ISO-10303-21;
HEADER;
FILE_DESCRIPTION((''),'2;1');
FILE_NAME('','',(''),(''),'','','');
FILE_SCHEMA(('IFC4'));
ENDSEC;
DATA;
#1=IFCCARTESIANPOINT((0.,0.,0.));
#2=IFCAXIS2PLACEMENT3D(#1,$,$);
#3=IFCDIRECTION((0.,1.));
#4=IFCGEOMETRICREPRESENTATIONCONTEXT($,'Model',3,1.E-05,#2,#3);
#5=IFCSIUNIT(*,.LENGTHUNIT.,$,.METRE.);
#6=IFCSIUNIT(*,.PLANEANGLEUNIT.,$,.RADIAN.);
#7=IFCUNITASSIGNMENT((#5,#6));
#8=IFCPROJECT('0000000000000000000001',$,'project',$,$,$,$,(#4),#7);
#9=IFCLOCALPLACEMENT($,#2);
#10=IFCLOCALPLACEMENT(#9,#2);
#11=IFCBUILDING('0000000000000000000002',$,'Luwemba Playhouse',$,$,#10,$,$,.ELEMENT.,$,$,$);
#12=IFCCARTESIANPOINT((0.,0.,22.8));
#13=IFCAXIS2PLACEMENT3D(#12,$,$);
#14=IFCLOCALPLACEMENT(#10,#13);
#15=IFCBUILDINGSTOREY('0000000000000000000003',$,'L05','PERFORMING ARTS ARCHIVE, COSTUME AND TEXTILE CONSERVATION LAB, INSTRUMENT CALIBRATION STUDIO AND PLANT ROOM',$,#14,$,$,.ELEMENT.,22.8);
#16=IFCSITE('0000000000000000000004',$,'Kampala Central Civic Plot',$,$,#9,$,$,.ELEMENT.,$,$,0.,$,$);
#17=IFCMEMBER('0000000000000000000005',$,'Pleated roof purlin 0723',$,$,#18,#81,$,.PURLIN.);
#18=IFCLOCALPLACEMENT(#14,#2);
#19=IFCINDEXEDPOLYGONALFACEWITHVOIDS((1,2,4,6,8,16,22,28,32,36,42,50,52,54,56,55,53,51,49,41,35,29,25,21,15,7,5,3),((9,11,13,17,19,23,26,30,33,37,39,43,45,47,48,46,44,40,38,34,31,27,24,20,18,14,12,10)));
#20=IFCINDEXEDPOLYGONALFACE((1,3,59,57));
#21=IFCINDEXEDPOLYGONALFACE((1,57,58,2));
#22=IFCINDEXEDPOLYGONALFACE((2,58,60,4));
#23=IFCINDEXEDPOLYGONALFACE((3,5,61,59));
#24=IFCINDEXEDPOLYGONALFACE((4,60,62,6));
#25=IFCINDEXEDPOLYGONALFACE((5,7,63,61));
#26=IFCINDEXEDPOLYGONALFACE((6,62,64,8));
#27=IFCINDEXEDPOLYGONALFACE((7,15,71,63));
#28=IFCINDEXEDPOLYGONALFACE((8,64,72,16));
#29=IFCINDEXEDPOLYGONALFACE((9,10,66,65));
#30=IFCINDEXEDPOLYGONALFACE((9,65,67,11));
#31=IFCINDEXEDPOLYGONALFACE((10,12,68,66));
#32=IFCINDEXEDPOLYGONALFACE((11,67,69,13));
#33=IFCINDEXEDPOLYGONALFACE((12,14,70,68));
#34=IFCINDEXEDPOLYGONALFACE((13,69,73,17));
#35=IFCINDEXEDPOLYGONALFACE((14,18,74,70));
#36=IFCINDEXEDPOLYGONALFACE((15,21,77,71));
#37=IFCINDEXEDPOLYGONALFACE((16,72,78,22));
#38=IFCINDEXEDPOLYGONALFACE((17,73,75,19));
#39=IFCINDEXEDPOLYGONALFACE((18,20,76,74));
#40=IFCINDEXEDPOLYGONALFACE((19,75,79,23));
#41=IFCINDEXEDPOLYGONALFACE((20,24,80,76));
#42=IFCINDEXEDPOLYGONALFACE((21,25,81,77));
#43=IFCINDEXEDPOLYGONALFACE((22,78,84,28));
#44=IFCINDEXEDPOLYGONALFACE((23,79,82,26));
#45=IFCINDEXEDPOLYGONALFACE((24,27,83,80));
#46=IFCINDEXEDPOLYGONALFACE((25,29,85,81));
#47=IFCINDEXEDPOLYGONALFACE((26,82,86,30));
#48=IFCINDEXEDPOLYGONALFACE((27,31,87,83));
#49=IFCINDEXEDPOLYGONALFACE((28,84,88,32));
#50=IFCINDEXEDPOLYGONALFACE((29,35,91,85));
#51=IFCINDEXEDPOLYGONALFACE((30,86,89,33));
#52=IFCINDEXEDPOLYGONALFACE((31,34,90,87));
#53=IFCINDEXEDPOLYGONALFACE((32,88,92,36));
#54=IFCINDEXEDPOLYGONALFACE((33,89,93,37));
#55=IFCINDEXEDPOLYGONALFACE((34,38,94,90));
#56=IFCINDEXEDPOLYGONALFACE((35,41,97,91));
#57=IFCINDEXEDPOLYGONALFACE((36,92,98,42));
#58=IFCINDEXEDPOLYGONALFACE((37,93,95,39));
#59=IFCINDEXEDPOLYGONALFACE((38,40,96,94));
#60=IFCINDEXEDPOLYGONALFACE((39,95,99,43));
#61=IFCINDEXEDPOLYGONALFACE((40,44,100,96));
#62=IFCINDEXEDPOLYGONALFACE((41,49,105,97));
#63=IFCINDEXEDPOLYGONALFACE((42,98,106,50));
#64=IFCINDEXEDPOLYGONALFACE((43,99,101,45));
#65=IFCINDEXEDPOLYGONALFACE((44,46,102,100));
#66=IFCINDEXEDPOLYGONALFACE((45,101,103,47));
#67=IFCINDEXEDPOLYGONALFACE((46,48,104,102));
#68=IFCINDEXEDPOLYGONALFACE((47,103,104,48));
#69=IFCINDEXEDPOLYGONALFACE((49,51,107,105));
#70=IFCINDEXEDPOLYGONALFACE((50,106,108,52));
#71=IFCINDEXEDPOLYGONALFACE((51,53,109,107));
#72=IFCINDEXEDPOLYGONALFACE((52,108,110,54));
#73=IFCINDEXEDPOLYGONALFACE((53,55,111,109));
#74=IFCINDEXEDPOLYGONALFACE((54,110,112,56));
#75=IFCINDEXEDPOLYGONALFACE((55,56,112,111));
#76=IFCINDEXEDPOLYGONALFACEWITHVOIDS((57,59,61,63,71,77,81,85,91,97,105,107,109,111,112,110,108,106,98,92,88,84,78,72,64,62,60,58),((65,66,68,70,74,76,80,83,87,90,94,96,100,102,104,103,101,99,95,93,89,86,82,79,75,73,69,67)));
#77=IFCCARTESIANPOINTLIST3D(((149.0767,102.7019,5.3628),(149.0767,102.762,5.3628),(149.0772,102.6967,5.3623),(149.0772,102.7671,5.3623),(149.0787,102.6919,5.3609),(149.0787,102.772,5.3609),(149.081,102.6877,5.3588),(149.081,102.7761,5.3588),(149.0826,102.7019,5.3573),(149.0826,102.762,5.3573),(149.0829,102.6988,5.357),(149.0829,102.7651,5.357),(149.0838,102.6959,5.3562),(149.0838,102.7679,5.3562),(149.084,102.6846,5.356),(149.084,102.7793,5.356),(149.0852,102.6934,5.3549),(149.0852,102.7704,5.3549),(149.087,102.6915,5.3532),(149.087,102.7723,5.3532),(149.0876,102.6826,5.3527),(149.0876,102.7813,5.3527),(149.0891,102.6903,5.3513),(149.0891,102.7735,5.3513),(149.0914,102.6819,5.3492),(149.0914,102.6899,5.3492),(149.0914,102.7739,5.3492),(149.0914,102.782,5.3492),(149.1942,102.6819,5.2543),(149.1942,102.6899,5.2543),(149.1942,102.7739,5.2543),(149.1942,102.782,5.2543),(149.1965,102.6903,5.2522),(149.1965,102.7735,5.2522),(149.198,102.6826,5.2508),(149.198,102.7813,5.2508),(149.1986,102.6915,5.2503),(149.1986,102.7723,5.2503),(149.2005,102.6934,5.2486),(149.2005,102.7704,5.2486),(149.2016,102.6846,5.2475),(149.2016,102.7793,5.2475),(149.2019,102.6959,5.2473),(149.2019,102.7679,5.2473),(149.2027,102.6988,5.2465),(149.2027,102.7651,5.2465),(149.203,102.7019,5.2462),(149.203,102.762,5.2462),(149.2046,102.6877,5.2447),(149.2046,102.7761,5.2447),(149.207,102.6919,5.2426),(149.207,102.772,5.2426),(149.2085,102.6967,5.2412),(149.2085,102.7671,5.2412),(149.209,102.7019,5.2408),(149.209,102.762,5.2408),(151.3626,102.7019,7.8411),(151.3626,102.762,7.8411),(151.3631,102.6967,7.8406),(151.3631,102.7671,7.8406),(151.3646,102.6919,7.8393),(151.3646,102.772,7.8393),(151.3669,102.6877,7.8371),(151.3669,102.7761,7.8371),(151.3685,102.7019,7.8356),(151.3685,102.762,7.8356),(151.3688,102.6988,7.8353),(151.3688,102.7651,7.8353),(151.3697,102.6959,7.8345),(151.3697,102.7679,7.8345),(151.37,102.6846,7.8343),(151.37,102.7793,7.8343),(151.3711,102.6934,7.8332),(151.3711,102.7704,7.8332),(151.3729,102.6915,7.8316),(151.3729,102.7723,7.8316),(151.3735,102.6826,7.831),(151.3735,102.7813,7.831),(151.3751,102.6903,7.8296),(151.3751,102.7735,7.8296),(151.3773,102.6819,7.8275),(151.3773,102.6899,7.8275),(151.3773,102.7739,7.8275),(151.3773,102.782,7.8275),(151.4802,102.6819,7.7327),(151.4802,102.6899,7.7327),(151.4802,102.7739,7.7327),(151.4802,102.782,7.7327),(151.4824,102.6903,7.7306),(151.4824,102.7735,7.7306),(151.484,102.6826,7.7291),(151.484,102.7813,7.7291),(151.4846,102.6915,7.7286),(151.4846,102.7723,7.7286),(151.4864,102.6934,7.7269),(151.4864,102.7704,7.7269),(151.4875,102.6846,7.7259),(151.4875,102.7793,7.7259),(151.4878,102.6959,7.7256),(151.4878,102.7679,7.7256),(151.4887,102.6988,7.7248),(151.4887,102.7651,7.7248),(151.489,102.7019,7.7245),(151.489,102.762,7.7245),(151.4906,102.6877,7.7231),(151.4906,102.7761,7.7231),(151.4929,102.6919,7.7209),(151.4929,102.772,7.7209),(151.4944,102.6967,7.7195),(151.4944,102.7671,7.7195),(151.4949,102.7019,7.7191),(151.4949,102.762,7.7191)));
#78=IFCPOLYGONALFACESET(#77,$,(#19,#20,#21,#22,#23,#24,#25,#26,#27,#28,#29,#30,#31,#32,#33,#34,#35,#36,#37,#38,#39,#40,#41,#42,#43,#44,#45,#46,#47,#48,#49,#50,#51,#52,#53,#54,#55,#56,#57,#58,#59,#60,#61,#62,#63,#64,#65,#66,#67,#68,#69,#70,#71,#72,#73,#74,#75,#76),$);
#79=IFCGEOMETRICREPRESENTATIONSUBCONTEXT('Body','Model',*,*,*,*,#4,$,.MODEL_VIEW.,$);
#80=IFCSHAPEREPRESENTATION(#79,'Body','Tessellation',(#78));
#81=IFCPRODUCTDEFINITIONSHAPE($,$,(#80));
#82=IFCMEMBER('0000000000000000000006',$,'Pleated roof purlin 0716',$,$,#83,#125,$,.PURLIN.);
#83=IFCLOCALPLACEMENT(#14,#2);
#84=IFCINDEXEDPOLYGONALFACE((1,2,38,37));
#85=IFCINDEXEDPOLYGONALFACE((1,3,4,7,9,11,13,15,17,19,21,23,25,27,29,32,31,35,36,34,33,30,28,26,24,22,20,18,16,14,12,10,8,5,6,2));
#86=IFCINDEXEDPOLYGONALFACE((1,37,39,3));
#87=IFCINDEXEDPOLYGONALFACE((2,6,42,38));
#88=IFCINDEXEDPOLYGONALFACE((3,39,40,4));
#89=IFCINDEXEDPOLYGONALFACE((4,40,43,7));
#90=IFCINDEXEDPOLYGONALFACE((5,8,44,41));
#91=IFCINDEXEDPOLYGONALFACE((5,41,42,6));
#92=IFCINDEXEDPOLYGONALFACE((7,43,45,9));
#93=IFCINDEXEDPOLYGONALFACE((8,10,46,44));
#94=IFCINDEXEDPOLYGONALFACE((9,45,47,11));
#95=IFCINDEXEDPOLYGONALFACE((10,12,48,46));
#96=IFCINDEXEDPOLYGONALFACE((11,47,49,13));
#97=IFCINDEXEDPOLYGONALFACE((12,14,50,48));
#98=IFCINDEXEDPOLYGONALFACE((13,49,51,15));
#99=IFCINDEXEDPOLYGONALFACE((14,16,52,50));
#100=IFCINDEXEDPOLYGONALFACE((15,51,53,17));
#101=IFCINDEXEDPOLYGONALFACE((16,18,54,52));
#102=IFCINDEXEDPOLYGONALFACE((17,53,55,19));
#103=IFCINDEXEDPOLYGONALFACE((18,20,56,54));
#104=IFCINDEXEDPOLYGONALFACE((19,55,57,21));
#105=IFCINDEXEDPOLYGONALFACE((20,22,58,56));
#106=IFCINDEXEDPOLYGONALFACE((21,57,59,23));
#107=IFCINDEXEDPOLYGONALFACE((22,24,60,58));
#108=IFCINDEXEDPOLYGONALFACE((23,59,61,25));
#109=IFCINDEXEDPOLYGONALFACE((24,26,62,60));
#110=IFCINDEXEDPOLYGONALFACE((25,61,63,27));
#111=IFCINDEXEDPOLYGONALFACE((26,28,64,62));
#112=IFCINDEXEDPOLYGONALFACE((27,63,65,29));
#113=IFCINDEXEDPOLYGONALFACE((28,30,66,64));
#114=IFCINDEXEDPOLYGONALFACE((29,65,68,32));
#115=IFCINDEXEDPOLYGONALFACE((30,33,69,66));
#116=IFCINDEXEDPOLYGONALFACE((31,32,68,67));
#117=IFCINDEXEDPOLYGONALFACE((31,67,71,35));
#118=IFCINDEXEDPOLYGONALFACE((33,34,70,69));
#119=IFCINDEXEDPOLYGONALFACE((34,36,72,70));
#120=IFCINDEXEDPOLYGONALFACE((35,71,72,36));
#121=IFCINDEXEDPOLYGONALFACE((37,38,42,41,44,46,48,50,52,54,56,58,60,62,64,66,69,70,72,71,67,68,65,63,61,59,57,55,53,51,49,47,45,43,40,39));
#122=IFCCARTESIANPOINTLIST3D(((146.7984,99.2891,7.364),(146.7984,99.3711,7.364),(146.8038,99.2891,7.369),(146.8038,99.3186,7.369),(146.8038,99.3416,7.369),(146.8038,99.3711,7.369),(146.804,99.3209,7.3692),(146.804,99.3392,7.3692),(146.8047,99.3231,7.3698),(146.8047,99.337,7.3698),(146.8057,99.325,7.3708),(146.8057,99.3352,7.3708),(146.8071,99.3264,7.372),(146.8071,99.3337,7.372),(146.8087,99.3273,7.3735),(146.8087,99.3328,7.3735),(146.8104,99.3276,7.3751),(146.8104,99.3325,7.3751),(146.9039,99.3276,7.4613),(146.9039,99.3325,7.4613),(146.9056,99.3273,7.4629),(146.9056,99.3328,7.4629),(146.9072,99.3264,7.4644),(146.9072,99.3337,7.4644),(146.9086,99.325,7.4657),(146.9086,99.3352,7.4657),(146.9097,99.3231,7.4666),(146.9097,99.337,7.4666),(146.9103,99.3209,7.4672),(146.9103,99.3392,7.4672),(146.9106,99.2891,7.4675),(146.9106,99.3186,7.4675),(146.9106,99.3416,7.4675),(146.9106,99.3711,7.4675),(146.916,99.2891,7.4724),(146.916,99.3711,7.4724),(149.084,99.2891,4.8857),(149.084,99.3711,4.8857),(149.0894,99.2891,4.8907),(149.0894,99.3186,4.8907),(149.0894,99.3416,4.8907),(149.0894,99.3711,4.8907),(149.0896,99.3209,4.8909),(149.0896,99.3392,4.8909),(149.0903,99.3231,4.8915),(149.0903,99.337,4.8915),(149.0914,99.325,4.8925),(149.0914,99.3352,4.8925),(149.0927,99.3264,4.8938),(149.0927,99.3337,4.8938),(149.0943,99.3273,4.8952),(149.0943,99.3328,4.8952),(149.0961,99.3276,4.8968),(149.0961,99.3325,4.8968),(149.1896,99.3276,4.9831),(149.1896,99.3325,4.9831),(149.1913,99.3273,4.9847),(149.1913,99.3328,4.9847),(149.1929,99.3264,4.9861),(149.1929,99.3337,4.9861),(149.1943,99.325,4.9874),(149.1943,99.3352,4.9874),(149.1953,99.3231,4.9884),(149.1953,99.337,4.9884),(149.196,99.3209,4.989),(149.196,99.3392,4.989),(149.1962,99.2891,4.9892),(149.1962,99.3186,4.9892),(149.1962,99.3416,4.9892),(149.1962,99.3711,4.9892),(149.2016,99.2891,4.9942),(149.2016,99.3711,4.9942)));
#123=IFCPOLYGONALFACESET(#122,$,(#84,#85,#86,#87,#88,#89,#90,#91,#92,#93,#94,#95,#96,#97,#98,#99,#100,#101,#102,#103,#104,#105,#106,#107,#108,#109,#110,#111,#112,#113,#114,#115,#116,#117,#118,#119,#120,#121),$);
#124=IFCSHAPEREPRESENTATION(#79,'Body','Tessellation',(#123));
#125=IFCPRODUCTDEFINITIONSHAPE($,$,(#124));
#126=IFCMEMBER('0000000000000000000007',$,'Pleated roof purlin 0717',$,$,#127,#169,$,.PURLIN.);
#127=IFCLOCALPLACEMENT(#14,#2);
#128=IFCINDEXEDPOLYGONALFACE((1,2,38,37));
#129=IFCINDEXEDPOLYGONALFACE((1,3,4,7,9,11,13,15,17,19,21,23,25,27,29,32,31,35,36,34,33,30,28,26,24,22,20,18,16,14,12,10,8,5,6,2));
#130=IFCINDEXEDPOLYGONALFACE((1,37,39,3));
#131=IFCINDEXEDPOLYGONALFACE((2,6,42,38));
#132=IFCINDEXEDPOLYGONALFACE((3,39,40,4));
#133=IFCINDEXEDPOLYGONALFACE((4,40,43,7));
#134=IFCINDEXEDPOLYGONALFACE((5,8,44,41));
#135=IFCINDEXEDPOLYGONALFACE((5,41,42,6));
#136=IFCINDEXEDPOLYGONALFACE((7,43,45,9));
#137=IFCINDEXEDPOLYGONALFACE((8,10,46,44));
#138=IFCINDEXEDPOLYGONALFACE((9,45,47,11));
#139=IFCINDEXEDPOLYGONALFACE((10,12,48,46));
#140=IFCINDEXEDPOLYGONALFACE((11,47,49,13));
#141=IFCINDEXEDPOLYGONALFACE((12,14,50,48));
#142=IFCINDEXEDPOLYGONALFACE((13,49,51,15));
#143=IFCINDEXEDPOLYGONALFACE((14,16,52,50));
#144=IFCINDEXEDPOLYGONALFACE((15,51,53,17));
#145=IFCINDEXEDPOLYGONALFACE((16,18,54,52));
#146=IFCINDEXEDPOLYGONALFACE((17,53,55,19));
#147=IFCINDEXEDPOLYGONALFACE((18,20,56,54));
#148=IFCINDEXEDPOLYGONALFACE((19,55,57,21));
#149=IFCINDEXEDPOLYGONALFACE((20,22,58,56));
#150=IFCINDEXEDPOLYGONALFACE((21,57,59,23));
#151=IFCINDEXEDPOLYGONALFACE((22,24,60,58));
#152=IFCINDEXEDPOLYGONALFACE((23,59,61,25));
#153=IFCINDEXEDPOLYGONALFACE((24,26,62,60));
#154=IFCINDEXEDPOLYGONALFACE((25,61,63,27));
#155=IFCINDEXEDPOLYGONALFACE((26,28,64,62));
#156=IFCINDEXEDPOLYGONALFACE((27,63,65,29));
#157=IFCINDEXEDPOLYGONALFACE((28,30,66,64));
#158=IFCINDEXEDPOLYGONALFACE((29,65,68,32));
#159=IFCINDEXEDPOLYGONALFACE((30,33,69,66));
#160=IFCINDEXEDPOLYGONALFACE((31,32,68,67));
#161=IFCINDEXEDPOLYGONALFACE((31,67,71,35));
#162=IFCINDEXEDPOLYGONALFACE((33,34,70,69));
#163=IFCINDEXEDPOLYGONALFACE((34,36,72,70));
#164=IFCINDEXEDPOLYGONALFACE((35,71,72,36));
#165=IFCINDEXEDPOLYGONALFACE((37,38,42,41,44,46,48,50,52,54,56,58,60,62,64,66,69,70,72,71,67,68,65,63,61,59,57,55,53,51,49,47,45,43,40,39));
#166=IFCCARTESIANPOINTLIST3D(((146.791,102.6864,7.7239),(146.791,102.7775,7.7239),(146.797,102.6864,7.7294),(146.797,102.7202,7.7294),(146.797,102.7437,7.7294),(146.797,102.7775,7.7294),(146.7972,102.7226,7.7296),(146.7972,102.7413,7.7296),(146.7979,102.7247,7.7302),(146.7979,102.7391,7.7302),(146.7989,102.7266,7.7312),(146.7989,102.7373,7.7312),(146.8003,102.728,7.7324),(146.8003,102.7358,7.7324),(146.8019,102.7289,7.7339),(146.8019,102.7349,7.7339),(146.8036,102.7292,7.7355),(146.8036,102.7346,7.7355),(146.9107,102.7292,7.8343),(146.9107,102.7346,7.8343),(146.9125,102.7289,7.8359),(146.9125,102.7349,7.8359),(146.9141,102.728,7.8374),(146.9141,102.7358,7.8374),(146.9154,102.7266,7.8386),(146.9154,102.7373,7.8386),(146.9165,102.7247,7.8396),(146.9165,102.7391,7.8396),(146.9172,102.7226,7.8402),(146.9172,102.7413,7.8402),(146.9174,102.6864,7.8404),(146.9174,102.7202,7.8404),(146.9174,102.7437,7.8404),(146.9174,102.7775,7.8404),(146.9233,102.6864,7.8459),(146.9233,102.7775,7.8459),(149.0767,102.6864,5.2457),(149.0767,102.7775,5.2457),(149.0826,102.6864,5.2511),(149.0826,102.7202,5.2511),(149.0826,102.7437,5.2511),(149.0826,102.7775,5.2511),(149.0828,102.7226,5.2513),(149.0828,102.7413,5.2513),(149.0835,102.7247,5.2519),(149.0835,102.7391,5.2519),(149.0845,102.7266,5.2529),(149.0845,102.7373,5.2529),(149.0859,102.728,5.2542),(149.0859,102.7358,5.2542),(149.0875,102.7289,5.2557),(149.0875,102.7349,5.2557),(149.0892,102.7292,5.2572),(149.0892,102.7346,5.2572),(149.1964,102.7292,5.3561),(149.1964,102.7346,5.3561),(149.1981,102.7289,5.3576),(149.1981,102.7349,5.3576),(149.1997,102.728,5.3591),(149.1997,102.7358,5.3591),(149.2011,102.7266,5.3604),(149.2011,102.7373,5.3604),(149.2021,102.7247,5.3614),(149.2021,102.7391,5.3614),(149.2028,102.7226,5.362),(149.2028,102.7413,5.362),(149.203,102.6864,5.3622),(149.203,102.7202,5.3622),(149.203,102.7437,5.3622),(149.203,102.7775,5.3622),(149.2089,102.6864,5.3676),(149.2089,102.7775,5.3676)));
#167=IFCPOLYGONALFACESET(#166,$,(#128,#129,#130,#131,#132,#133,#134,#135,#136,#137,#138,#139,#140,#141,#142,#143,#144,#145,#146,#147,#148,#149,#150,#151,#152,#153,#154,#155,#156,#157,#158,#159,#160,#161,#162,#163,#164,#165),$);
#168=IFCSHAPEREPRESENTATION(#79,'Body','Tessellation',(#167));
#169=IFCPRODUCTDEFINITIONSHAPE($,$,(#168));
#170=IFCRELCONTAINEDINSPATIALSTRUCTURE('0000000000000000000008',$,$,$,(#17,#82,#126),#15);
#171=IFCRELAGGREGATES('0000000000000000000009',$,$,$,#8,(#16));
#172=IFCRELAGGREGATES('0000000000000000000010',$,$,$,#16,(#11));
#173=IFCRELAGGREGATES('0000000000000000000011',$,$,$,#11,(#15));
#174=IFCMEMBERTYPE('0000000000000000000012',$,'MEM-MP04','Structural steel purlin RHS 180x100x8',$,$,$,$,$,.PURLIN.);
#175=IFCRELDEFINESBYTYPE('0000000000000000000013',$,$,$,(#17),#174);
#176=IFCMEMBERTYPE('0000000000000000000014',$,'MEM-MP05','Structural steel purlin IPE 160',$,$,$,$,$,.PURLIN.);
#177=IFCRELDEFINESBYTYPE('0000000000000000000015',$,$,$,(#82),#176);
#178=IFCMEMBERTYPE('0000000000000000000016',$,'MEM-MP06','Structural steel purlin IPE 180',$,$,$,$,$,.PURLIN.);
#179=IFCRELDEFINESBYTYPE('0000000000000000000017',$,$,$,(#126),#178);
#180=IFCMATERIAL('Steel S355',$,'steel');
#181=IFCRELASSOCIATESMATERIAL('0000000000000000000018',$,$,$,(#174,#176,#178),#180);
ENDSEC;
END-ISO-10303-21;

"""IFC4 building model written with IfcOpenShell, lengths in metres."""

from ifc_helpers import new_model, si_unit, direction, frame, origin, origin_2d, place, context, subcontext, project, spatial, hollow_rectangle, i_section, extrude, material, material_profile, profile_set, type_object, element, save


model = new_model("IFC4")

# Units and contexts
model_context = context("Model", 3, precision=1e-05, world=origin(), true_north=direction((0.0, 1.0)))
body_context = subcontext(model_context, "Body", "Model", "MODEL_VIEW")
ifc_project = project(units=[si_unit("LENGTHUNIT", "METRE"), si_unit("PLANEANGLEUNIT", "RADIAN")], contexts=[model_context])

# Site, building, storey
site_placement = place(None, origin())
site = spatial("IfcSite", under=ifc_project, at=site_placement, Name="Kampala Central Civic Plot", CompositionType="ELEMENT", RefElevation=0.0)
building_placement = place(site_placement, origin())
building = spatial("IfcBuilding", under=site, at=building_placement, Name="Luwemba Playhouse", CompositionType="ELEMENT")
storey_placement = place(building_placement, frame((0.0, 0.0, 22.8)))
storey = spatial("IfcBuildingStorey", under=building, at=storey_placement, Name="L05", Description="PERFORMING ARTS ARCHIVE, COSTUME AND TEXTILE CONSERVATION LAB, INSTRUMENT CALIBRATION STUDIO AND PLANT ROOM", CompositionType="ELEMENT", Elevation=22.8)

# Shared definitions
ifc_material_1 = material(Name="Steel S355", Category="steel")

# Members
ifc_material_profile_1 = material_profile(ifc_material_1, hollow_rectangle(XDim=0.1001, YDim=0.1799, WallThickness=0.0081, InnerFilletRadius=0.012, OuterFilletRadius=0.02, at=origin_2d()))
ifc_profile_set_1 = profile_set([ifc_material_profile_1], Name="Steel S355")
member_type_1 = type_object("IfcMemberType", Name="MEM-MP04", Description="Structural steel purlin RHS 180x100x8", PredefinedType="PURLIN", material=ifc_profile_set_1)
for number, where, z_axis, x_axis, name in (
    (1, (149.1428, 102.7319, 5.3018), (0.678, 0.0, 0.735062), (0.0, 1.0, 0.0), "Pleated roof purlin 0723"),
):
    element("IfcMember", number, at=place(storey_placement, frame(where, z_axis=z_axis, x_axis=x_axis)), inside=storey, type_object=member_type_1, Name=name, PredefinedType="PURLIN", context=body_context, shape_type="SweptSolid", body=[
        extrude(hollow_rectangle(XDim=0.1001, YDim=0.1799, WallThickness=0.0081, InnerFilletRadius=0.012, OuterFilletRadius=0.02, at=origin_2d()), origin(), (0.0, 0.0, 1.0), 3.3716),
    ])
ifc_material_profile_2 = material_profile(ifc_material_1, i_section(OverallWidth=0.082, OverallDepth=0.1599, WebThickness=0.0049, FlangeThickness=0.0073, FilletRadius=0.009, at=origin_2d()))
ifc_profile_set_2 = profile_set([ifc_material_profile_2], Name="Steel S355")
member_type_2 = type_object("IfcMemberType", Name="MEM-MP05", Description="Structural steel purlin IPE 160", PredefinedType="PURLIN", material=ifc_profile_set_2)
member_1_placement = place(storey_placement, frame((146.8572, 99.3301, 7.4182), z_axis=(0.677961, 0.0, -0.735098), x_axis=(0.0, 1.0, 0.0)))
element("IfcMember", 2, at=member_1_placement, inside=storey, type_object=member_type_2, Name="Pleated roof purlin 0716", PredefinedType="PURLIN", context=body_context, shape_type="SweptSolid", body=[
    extrude(i_section(OverallWidth=0.082, OverallDepth=0.1599, WebThickness=0.0049, FlangeThickness=0.0073, FilletRadius=0.009, at=origin_2d()), origin(), (0.0, 0.0, 1.0), 3.3713),
])
ifc_material_profile_3 = material_profile(ifc_material_1, i_section(OverallWidth=0.0911, OverallDepth=0.1799, WebThickness=0.0054, FlangeThickness=0.0081, FilletRadius=0.009, at=origin_2d()))
ifc_profile_set_3 = profile_set([ifc_material_profile_3], Name="Steel S355")
member_type_3 = type_object("IfcMemberType", Name="MEM-MP06", Description="Structural steel purlin IPE 180", PredefinedType="PURLIN", material=ifc_profile_set_3)
for number, where, z_axis, x_axis, name in (
    (3, (146.8572, 102.7319, 7.7849), (0.677961, 0.0, -0.735098), (0.0, 1.0, 0.0), "Pleated roof purlin 0717"),
):
    element("IfcMember", number, at=place(storey_placement, frame(where, z_axis=z_axis, x_axis=x_axis)), inside=storey, type_object=member_type_3, Name=name, PredefinedType="PURLIN", context=body_context, shape_type="SweptSolid", body=[
        extrude(i_section(OverallWidth=0.0911, OverallDepth=0.1799, WebThickness=0.0054, FlangeThickness=0.0081, FilletRadius=0.009, at=origin_2d()), origin(), (0.0, 0.0, 1.0), 3.3713),
    ])

save(model, "model.ifc")
